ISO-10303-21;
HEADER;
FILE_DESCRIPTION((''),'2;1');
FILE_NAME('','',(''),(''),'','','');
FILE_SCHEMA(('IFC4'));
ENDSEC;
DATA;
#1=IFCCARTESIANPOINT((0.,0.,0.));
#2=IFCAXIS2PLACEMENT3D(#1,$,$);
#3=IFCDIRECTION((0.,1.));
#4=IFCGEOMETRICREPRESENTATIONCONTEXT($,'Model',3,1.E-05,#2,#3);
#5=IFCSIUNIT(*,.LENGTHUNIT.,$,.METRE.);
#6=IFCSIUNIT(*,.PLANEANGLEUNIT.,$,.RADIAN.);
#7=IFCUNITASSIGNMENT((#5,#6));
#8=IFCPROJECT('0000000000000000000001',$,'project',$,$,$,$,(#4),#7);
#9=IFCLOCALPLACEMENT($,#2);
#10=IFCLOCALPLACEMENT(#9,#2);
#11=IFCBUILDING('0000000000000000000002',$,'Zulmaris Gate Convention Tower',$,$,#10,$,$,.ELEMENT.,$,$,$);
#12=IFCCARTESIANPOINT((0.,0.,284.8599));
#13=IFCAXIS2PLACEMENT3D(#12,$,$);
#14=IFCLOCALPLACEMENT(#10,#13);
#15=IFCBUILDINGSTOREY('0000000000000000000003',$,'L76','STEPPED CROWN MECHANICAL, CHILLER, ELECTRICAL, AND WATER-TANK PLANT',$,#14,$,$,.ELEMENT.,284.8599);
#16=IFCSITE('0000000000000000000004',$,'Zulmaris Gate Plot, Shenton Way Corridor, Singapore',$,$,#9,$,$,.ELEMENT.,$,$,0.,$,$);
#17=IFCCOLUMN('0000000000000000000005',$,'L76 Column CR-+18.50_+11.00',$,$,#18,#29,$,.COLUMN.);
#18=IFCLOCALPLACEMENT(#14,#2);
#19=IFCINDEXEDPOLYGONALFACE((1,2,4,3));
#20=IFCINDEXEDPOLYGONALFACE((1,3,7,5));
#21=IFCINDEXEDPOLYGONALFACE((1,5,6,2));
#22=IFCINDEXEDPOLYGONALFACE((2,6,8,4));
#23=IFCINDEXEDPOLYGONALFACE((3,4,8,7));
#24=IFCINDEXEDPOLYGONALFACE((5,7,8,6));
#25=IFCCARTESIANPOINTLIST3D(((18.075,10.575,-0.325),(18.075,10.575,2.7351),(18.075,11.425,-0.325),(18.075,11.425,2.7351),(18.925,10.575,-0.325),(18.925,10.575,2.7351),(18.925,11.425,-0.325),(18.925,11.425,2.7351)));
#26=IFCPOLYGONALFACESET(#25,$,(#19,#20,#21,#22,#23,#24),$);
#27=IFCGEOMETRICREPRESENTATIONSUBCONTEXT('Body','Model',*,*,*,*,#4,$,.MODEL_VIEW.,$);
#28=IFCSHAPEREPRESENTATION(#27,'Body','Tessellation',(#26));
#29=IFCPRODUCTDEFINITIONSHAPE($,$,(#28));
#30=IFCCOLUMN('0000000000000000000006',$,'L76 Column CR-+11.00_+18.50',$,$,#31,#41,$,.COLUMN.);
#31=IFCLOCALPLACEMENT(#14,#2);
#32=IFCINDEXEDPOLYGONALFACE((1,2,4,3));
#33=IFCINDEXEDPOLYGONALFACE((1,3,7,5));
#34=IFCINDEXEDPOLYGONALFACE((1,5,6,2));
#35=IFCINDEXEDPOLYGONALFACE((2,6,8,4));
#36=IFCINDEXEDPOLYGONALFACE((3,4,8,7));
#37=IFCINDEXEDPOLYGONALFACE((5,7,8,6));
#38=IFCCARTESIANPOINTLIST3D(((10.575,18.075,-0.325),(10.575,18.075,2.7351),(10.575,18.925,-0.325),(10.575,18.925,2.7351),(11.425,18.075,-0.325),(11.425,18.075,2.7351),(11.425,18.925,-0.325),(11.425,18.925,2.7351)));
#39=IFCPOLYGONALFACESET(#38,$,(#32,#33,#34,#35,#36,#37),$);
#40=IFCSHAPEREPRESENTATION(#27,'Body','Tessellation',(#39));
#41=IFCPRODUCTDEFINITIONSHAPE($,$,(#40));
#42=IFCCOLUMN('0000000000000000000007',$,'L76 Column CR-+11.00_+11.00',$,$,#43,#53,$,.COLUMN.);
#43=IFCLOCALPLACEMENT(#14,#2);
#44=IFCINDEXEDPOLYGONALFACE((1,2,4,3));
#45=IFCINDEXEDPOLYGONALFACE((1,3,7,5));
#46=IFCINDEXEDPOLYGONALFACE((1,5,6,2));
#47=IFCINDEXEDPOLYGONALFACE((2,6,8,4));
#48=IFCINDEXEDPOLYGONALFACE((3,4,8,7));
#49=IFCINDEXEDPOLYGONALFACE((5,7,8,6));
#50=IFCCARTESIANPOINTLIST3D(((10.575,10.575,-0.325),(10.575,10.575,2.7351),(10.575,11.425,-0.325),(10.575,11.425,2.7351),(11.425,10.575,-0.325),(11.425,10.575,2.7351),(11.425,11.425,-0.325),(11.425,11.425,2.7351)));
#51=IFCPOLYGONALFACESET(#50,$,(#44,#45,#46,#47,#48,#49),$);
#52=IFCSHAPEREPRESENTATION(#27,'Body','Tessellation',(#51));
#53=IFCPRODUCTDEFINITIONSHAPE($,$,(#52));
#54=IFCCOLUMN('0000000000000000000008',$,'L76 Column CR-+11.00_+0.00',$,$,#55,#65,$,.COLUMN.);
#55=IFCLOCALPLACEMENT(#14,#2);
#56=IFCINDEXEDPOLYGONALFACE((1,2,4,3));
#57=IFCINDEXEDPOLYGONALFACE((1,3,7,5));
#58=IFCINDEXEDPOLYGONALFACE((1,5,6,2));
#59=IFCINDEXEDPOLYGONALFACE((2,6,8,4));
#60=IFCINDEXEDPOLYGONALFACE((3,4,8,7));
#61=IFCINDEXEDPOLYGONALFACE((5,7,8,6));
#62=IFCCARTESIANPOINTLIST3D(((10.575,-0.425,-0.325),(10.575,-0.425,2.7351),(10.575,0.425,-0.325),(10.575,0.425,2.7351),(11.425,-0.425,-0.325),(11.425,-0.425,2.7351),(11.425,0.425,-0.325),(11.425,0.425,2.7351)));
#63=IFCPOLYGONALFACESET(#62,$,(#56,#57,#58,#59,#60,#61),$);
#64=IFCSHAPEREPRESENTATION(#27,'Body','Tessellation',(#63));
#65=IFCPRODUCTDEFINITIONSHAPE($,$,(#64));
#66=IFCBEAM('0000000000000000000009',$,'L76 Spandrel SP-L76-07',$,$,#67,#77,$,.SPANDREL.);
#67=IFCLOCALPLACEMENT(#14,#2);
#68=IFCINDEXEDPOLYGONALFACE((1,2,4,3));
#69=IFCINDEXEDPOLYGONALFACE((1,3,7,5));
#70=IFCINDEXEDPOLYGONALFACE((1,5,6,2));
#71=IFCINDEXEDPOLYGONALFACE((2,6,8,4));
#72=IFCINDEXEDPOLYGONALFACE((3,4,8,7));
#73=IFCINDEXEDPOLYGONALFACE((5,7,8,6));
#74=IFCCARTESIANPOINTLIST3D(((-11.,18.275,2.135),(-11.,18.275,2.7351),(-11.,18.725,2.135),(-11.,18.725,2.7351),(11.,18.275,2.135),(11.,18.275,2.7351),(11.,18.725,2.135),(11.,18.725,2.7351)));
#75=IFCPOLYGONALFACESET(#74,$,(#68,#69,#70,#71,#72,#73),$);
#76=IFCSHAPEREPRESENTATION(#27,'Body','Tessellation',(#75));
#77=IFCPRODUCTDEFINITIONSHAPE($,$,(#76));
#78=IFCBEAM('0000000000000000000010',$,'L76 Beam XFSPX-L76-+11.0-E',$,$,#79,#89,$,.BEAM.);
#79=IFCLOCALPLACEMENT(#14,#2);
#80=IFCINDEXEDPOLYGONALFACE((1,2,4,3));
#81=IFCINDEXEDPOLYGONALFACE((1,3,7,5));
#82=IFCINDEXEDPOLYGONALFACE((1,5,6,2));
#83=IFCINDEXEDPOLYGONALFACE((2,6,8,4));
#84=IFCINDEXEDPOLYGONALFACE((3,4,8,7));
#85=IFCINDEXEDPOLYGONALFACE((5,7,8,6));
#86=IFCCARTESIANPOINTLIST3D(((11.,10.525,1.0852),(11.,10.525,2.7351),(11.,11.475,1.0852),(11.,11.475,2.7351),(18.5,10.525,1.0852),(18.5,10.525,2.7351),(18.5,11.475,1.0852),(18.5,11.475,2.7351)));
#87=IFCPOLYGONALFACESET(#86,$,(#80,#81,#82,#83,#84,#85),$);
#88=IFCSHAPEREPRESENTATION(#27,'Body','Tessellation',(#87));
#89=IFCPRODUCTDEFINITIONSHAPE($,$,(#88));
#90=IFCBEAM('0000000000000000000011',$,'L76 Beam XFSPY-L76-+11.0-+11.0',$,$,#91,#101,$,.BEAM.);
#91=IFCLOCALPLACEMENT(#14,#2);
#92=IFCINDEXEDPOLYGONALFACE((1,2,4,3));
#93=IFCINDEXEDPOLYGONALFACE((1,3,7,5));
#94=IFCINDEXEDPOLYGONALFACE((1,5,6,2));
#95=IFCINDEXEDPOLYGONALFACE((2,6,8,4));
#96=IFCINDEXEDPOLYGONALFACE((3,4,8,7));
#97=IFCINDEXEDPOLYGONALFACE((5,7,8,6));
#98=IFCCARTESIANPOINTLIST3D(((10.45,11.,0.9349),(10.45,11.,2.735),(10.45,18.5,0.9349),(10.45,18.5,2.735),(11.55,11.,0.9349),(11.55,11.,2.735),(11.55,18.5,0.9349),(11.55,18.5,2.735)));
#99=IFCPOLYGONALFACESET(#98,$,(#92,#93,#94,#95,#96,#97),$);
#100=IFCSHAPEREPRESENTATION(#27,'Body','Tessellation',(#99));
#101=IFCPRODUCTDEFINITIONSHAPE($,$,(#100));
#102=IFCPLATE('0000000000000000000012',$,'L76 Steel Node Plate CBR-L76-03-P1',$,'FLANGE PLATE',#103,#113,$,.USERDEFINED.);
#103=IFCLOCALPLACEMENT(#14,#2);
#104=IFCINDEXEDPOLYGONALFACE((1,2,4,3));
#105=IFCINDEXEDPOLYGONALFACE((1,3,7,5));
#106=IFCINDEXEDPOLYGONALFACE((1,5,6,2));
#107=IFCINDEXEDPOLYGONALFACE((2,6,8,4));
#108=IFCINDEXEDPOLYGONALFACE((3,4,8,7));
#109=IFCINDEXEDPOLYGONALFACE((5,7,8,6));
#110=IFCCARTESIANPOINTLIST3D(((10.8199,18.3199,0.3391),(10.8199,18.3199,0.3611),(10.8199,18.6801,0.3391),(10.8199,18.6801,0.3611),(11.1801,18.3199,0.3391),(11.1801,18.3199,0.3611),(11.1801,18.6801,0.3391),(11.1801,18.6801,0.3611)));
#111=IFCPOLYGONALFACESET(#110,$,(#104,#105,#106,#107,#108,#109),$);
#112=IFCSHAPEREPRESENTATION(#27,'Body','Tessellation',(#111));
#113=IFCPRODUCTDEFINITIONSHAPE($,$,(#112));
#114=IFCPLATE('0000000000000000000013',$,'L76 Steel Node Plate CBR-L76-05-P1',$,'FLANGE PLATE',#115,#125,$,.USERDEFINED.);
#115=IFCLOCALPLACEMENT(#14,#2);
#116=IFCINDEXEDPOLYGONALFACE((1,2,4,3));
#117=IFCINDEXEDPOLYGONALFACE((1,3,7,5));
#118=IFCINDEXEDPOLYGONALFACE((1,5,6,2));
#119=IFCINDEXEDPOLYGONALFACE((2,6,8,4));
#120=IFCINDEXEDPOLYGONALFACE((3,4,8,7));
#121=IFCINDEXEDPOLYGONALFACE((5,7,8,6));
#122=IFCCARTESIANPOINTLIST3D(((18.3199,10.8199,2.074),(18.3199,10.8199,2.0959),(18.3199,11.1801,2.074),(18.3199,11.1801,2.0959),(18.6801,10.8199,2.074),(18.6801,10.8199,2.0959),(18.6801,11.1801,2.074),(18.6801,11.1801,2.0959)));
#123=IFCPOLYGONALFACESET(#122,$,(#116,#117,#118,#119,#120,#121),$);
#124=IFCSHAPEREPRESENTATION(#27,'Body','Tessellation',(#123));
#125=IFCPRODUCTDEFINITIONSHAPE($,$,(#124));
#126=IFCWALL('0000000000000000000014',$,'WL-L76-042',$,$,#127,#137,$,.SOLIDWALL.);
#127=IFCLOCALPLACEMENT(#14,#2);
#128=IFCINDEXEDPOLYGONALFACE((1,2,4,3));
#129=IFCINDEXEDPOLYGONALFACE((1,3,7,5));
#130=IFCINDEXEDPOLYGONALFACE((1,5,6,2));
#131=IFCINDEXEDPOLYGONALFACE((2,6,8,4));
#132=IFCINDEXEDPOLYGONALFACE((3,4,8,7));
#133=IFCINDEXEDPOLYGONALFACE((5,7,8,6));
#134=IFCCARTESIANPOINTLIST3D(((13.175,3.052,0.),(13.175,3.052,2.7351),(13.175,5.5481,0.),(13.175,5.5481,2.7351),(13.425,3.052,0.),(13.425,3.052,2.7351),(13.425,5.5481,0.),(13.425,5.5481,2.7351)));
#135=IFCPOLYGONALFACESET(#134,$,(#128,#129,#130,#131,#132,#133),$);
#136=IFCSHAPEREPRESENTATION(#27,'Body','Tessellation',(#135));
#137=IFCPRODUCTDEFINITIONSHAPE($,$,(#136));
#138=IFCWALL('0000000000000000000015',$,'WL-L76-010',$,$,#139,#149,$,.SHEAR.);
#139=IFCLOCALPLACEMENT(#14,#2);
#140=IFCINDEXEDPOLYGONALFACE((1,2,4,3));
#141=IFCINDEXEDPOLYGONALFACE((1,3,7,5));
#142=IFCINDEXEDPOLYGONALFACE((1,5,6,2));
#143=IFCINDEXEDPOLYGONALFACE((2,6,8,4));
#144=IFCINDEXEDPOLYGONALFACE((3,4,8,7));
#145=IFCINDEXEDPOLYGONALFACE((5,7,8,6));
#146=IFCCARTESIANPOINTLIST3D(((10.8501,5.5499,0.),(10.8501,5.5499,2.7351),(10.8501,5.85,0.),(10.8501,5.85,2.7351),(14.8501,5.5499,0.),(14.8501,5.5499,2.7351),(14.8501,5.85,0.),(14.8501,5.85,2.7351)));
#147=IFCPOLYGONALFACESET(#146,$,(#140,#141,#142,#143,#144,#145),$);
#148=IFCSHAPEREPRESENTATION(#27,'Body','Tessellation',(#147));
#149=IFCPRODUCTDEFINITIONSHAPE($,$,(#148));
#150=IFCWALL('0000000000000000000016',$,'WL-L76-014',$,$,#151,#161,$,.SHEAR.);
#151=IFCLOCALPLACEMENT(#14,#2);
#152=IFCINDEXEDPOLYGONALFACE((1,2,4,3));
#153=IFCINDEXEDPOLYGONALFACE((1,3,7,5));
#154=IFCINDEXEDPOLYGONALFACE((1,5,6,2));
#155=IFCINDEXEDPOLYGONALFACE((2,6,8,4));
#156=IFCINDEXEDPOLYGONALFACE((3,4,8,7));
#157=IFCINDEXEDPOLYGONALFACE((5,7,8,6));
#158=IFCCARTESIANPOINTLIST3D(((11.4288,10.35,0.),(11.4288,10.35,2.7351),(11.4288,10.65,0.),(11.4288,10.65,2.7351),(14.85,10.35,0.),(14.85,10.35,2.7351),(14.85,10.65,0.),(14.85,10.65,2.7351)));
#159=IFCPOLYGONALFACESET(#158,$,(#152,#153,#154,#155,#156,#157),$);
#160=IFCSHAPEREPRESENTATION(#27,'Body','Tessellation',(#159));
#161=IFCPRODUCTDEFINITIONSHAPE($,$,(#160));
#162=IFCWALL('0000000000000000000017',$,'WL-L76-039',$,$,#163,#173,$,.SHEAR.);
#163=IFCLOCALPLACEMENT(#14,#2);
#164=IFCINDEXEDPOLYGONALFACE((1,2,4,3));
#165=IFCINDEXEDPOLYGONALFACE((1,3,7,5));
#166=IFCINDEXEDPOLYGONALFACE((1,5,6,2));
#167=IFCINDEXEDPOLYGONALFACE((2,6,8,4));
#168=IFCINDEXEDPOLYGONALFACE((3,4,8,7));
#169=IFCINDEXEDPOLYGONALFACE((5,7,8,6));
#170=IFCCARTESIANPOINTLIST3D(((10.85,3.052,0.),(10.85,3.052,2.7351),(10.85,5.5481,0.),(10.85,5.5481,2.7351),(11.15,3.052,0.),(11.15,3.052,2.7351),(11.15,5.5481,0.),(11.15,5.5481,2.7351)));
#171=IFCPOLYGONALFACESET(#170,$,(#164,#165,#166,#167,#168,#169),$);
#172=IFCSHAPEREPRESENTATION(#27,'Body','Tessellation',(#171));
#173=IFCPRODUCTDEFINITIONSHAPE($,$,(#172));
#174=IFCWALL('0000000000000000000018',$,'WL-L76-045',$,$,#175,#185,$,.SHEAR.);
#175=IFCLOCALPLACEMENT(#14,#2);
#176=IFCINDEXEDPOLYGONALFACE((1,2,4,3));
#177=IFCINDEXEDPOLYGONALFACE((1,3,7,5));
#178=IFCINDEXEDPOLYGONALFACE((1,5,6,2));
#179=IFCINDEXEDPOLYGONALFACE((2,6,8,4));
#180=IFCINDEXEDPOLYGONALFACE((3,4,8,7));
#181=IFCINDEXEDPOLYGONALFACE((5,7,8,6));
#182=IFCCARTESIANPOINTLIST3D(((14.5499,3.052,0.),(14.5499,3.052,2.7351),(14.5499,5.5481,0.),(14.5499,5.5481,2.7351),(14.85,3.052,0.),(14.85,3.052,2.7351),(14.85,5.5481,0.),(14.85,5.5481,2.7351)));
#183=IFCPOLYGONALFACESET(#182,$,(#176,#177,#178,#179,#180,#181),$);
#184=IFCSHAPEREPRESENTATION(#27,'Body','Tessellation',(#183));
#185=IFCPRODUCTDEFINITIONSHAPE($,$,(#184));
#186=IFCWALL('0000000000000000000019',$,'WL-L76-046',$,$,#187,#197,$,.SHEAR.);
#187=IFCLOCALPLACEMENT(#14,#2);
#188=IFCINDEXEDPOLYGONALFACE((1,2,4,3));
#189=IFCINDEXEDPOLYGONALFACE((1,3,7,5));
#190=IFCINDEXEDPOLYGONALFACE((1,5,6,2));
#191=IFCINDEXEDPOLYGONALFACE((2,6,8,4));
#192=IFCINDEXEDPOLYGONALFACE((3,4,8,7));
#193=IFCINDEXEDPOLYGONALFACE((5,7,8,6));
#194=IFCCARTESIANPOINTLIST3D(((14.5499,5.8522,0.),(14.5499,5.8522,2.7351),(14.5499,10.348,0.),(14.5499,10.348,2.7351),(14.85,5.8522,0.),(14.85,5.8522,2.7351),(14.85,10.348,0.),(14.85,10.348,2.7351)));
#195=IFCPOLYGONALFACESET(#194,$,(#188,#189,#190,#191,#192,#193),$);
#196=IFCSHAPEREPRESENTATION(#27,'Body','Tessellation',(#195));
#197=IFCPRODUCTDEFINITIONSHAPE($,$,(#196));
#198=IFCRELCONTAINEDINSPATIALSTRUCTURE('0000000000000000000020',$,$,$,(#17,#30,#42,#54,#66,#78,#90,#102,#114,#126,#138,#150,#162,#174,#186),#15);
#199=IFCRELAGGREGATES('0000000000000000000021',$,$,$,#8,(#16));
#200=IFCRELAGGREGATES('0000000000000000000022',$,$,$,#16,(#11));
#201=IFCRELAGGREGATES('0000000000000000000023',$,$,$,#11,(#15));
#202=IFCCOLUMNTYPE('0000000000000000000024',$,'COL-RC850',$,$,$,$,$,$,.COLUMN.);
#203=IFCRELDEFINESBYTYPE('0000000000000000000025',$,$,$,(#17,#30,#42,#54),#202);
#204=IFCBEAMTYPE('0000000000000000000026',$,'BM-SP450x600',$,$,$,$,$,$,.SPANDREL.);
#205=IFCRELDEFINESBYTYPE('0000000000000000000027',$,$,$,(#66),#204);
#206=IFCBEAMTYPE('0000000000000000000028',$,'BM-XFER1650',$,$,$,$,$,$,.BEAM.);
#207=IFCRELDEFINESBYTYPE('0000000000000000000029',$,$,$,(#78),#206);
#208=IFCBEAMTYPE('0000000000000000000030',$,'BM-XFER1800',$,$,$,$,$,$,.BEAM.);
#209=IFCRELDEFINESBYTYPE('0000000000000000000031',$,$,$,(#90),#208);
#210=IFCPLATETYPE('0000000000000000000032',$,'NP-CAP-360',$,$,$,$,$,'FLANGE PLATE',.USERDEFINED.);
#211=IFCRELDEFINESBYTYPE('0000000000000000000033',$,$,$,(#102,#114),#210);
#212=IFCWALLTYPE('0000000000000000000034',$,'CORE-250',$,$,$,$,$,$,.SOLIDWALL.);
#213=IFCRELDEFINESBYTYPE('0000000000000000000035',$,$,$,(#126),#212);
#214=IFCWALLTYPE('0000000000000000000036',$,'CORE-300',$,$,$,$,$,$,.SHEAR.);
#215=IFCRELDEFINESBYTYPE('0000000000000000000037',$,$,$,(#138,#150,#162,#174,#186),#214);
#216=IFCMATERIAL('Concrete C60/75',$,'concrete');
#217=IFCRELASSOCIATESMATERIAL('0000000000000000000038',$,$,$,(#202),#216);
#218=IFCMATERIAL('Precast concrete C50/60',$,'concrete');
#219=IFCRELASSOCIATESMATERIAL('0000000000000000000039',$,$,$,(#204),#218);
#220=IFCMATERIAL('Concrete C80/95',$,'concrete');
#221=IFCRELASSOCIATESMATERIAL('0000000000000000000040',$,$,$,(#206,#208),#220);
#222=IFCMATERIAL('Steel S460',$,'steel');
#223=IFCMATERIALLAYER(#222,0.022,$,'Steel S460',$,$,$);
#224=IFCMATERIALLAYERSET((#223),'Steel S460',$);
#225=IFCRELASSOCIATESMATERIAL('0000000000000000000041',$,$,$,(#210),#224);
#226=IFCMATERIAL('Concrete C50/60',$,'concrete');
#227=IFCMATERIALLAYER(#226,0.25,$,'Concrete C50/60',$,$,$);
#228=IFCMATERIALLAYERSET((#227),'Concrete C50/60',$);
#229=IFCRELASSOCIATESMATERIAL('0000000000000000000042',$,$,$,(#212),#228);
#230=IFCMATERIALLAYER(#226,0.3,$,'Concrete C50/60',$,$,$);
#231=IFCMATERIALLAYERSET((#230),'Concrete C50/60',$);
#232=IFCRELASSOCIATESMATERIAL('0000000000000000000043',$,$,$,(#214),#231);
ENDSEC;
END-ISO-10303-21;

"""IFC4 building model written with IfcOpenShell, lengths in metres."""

from ifc_helpers import new_model, si_unit, direction, frame, frame_2d, origin, origin_2d, place, context, subcontext, project, spatial, rectangle, extrude, material, layer, layer_set, material_profile, profile_set, type_object, element, save


model = new_model("IFC4")

# Units and contexts
model_context = context("Model", 3, precision=1e-05, world=origin(), true_north=direction((0.0, 1.0)))
body_context = subcontext(model_context, "Body", "Model", "MODEL_VIEW")
ifc_project = project(units=[si_unit("LENGTHUNIT", "METRE"), si_unit("PLANEANGLEUNIT", "RADIAN")], contexts=[model_context])

# Site, building, storey
site_placement = place(None, origin())
site = spatial("IfcSite", under=ifc_project, at=site_placement, Name="Zulmaris Gate Plot, Shenton Way Corridor, Singapore", CompositionType="ELEMENT", RefElevation=0.0)
building_placement = place(site_placement, origin())
building = spatial("IfcBuilding", under=site, at=building_placement, Name="Zulmaris Gate Convention Tower", CompositionType="ELEMENT")
storey_placement = place(building_placement, frame((0.0, 0.0, 284.8599)))
storey = spatial("IfcBuildingStorey", under=building, at=storey_placement, Name="L76", Description="STEPPED CROWN MECHANICAL, CHILLER, ELECTRICAL, AND WATER-TANK PLANT", CompositionType="ELEMENT", Elevation=284.8599)

# Columns
ifc_material_1 = material(Name="Concrete C60/75", Category="concrete")
ifc_material_profile_1 = material_profile(ifc_material_1, rectangle(XDim=0.8501, YDim=0.8501, at=origin_2d()), Name="RC COL 850x850")
ifc_profile_set_1 = profile_set([ifc_material_profile_1], Name="Concrete C60/75")
column_type = type_object("IfcColumnType", Name="COL-RC850", PredefinedType="COLUMN", material=ifc_profile_set_1)
for number, where, z_axis, x_axis, name in (
    (1, (18.5, 11.0, -0.325), (0.0, 0.0, 1.0), (1.0, 0.0, 0.0), "L76 Column CR-+18.50_+11.00"),
    (2, (11.0, 18.5, -0.325), (0.0, 0.0, 1.0), (1.0, 0.0, 0.0), "L76 Column CR-+11.00_+18.50"),
    (3, (11.0, 11.0, -0.325), (0.0, 0.0, 1.0), (1.0, 0.0, 0.0), "L76 Column CR-+11.00_+11.00"),
    (4, (11.0, 0.0, -0.325), (0.0, 0.0, 1.0), (1.0, 0.0, 0.0), "L76 Column CR-+11.00_+0.00"),
):
    element("IfcColumn", number, at=place(storey_placement, frame(where, z_axis=z_axis, x_axis=x_axis)), inside=storey, type_object=column_type, Name=name, PredefinedType="COLUMN", context=body_context, shape_type="SweptSolid", body=[
        extrude(rectangle(XDim=0.8501, YDim=0.8501, at=origin_2d()), origin(), (0.0, 0.0, 1.0), 3.0601),
    ])

# Beams
ifc_material_2 = material(Name="Precast concrete C50/60", Category="concrete")
ifc_material_profile_2 = material_profile(ifc_material_2, rectangle(XDim=0.45, YDim=0.6001, at=origin_2d()), Name="RC SPANDREL 450x600")
ifc_profile_set_2 = profile_set([ifc_material_profile_2], Name="Precast concrete C50/60")
beam_type_1 = type_object("IfcBeamType", Name="BM-SP450x600", PredefinedType="SPANDREL", material=ifc_profile_set_2)
beam_1_placement = place(storey_placement, frame((11.0, 18.5, 2.4351), z_axis=(-1.0, 0.0, 0.0), x_axis=(0.0, -1.0, 0.0)))
element("IfcBeam", 5, at=beam_1_placement, inside=storey, type_object=beam_type_1, Name="L76 Spandrel SP-L76-07", PredefinedType="SPANDREL", context=body_context, shape_type="SweptSolid", body=[
    extrude(rectangle(XDim=0.45, YDim=0.6001, at=origin_2d()), origin(), (0.0, 0.0, 1.0), 22.0),
])
ifc_material_3 = material(Name="Concrete C80/95", Category="concrete")
ifc_material_profile_3 = material_profile(ifc_material_3, rectangle(XDim=0.95, YDim=1.6499, at=origin_2d()), Name="RC TRANSFER 950x1650")
ifc_profile_set_3 = profile_set([ifc_material_profile_3], Name="Concrete C80/95")
beam_type_2 = type_object("IfcBeamType", Name="BM-XFER1650", PredefinedType="BEAM", material=ifc_profile_set_3)
beam_2_placement = place(storey_placement, frame((11.0, 11.0, 1.9102), z_axis=(1.0, 0.0, 0.0), x_axis=(0.0, 1.0, 0.0)))
element("IfcBeam", 6, at=beam_2_placement, inside=storey, type_object=beam_type_2, Name="L76 Beam XFSPX-L76-+11.0-E", PredefinedType="BEAM", context=body_context, shape_type="SweptSolid", body=[
    extrude(rectangle(XDim=0.95, YDim=1.6499, at=origin_2d()), origin(), (0.0, 0.0, 1.0), 7.5),
])
ifc_material_profile_4 = material_profile(ifc_material_3, rectangle(XDim=1.1001, YDim=1.8, at=origin_2d()), Name="RC TRANSFER 1100x1800")
ifc_profile_set_4 = profile_set([ifc_material_profile_4], Name="Concrete C80/95")
beam_type_3 = type_object("IfcBeamType", Name="BM-XFER1800", PredefinedType="BEAM", material=ifc_profile_set_4)
beam_3_placement = place(storey_placement, frame((11.0, 11.0, 1.835), z_axis=(0.0, 1.0, 0.0), x_axis=(-1.0, 0.0, 0.0)))
element("IfcBeam", 7, at=beam_3_placement, inside=storey, type_object=beam_type_3, Name="L76 Beam XFSPY-L76-+11.0-+11.0", PredefinedType="BEAM", context=body_context, shape_type="SweptSolid", body=[
    extrude(rectangle(XDim=1.1001, YDim=1.8, at=origin_2d()), origin(), (0.0, 0.0, 1.0), 7.5),
])

# Plates
ifc_material_4 = material(Name="Steel S460", Category="steel")
ifc_layer_1 = layer(ifc_material_4, 0.022, Name="Steel S460")
ifc_layer_set_1 = layer_set([ifc_layer_1], Name="Steel S460")
plate_type = type_object("IfcPlateType", Name="NP-CAP-360", ElementType="FLANGE PLATE", PredefinedType="USERDEFINED", material=ifc_layer_set_1)
for number, where, z_axis, x_axis, name in (
    (8, (11.0, 18.5, 0.3391), (0.0, 0.0, 1.0), (1.0, 0.0, 0.0), "L76 Steel Node Plate CBR-L76-03-P1"),
    (9, (18.5, 11.0, 2.074), (0.0, 0.0, 1.0), (1.0, 0.0, 0.0), "L76 Steel Node Plate CBR-L76-05-P1"),
):
    element("IfcPlate", number, at=place(storey_placement, frame(where, z_axis=z_axis, x_axis=x_axis)), inside=storey, type_object=plate_type, Name=name, ObjectType="FLANGE PLATE", PredefinedType="USERDEFINED", context=body_context, shape_type="SweptSolid", body=[
        extrude(rectangle(XDim=0.3601, YDim=0.3601, at=origin_2d()), origin(), (0.0, 0.0, 1.0), 0.022),
    ])

# Walls
ifc_material_5 = material(Name="Concrete C50/60", Category="concrete")
ifc_layer_2 = layer(ifc_material_5, 0.25, Name="Concrete C50/60")
ifc_layer_set_2 = layer_set([ifc_layer_2], Name="Concrete C50/60")
wall_type_1 = type_object("IfcWallType", Name="CORE-250", PredefinedType="SOLIDWALL", material=ifc_layer_set_2)
wall_1_placement = place(storey_placement, frame((13.3, 3.052, 0.0), z_axis=(0.0, 0.0, 1.0), x_axis=(0.0, 1.0, 0.0)))
element("IfcWall", 10, at=wall_1_placement, inside=storey, type_object=wall_type_1, Name="WL-L76-042", PredefinedType="SOLIDWALL", context=body_context, shape_type="SweptSolid", body=[
    extrude(rectangle(XDim=2.4961, YDim=0.25, at=frame_2d((1.248, 0.0))), origin(), (0.0, 0.0, 1.0), 2.7351),
])
ifc_layer_3 = layer(ifc_material_5, 0.3, Name="Concrete C50/60")
ifc_layer_set_3 = layer_set([ifc_layer_3], Name="Concrete C50/60")
wall_type_2 = type_object("IfcWallType", Name="CORE-300", PredefinedType="SHEAR", material=ifc_layer_set_3)
wall_2_placement = place(storey_placement, frame((10.8501, 5.7, 0.0), z_axis=(0.0, 0.0, 1.0), x_axis=(1.0, 0.0, 0.0)))
element("IfcWall", 11, at=wall_2_placement, inside=storey, type_object=wall_type_2, Name="WL-L76-010", PredefinedType="SHEAR", context=body_context, shape_type="SweptSolid", body=[
    extrude(rectangle(XDim=4.0, YDim=0.3, at=frame_2d((2.0, 0.0))), origin(), (0.0, 0.0, 1.0), 2.7351),
])
wall_3_placement = place(storey_placement, frame((11.429, 10.5, 0.0), z_axis=(0.0, 0.0, 1.0), x_axis=(1.0, 0.0, 0.0)))
element("IfcWall", 12, at=wall_3_placement, inside=storey, type_object=wall_type_2, Name="WL-L76-014", PredefinedType="SHEAR", context=body_context, shape_type="SweptSolid", body=[
    extrude(rectangle(XDim=3.4211, YDim=0.3, at=frame_2d((1.7104, 0.0))), origin(), (0.0, 0.0, 1.0), 2.7351),
])

# Wall
wall_4_placement = place(storey_placement, frame((11.0, 3.052, 0.0), z_axis=(0.0, 0.0, 1.0), x_axis=(0.0, 1.0, 0.0)))
element("IfcWall", 13, at=wall_4_placement, inside=storey, type_object=wall_type_2, Name="WL-L76-039", PredefinedType="SHEAR", context=body_context, shape_type="SweptSolid", body=[
    extrude(rectangle(XDim=2.4961, YDim=0.3, at=frame_2d((1.248, 0.0))), origin(), (0.0, 0.0, 1.0), 2.7351),
])

# Walls
wall_5_placement = place(storey_placement, frame((14.7, 3.052, 0.0), z_axis=(0.0, 0.0, 1.0), x_axis=(0.0, 1.0, 0.0)))
element("IfcWall", 14, at=wall_5_placement, inside=storey, type_object=wall_type_2, Name="WL-L76-045", PredefinedType="SHEAR", context=body_context, shape_type="SweptSolid", body=[
    extrude(rectangle(XDim=2.4961, YDim=0.3, at=frame_2d((1.248, 0.0))), origin(), (0.0, 0.0, 1.0), 2.7351),
])
wall_6_placement = place(storey_placement, frame((14.7, 5.8521, 0.0), z_axis=(0.0, 0.0, 1.0), x_axis=(0.0, 1.0, 0.0)))
element("IfcWall", 15, at=wall_6_placement, inside=storey, type_object=wall_type_2, Name="WL-L76-046", PredefinedType="SHEAR", context=body_context, shape_type="SweptSolid", body=[
    extrude(rectangle(XDim=4.4958, YDim=0.3, at=frame_2d((2.248, 0.0))), origin(), (0.0, 0.0, 1.0), 2.7351),
])

save(model, "model.ifc")
